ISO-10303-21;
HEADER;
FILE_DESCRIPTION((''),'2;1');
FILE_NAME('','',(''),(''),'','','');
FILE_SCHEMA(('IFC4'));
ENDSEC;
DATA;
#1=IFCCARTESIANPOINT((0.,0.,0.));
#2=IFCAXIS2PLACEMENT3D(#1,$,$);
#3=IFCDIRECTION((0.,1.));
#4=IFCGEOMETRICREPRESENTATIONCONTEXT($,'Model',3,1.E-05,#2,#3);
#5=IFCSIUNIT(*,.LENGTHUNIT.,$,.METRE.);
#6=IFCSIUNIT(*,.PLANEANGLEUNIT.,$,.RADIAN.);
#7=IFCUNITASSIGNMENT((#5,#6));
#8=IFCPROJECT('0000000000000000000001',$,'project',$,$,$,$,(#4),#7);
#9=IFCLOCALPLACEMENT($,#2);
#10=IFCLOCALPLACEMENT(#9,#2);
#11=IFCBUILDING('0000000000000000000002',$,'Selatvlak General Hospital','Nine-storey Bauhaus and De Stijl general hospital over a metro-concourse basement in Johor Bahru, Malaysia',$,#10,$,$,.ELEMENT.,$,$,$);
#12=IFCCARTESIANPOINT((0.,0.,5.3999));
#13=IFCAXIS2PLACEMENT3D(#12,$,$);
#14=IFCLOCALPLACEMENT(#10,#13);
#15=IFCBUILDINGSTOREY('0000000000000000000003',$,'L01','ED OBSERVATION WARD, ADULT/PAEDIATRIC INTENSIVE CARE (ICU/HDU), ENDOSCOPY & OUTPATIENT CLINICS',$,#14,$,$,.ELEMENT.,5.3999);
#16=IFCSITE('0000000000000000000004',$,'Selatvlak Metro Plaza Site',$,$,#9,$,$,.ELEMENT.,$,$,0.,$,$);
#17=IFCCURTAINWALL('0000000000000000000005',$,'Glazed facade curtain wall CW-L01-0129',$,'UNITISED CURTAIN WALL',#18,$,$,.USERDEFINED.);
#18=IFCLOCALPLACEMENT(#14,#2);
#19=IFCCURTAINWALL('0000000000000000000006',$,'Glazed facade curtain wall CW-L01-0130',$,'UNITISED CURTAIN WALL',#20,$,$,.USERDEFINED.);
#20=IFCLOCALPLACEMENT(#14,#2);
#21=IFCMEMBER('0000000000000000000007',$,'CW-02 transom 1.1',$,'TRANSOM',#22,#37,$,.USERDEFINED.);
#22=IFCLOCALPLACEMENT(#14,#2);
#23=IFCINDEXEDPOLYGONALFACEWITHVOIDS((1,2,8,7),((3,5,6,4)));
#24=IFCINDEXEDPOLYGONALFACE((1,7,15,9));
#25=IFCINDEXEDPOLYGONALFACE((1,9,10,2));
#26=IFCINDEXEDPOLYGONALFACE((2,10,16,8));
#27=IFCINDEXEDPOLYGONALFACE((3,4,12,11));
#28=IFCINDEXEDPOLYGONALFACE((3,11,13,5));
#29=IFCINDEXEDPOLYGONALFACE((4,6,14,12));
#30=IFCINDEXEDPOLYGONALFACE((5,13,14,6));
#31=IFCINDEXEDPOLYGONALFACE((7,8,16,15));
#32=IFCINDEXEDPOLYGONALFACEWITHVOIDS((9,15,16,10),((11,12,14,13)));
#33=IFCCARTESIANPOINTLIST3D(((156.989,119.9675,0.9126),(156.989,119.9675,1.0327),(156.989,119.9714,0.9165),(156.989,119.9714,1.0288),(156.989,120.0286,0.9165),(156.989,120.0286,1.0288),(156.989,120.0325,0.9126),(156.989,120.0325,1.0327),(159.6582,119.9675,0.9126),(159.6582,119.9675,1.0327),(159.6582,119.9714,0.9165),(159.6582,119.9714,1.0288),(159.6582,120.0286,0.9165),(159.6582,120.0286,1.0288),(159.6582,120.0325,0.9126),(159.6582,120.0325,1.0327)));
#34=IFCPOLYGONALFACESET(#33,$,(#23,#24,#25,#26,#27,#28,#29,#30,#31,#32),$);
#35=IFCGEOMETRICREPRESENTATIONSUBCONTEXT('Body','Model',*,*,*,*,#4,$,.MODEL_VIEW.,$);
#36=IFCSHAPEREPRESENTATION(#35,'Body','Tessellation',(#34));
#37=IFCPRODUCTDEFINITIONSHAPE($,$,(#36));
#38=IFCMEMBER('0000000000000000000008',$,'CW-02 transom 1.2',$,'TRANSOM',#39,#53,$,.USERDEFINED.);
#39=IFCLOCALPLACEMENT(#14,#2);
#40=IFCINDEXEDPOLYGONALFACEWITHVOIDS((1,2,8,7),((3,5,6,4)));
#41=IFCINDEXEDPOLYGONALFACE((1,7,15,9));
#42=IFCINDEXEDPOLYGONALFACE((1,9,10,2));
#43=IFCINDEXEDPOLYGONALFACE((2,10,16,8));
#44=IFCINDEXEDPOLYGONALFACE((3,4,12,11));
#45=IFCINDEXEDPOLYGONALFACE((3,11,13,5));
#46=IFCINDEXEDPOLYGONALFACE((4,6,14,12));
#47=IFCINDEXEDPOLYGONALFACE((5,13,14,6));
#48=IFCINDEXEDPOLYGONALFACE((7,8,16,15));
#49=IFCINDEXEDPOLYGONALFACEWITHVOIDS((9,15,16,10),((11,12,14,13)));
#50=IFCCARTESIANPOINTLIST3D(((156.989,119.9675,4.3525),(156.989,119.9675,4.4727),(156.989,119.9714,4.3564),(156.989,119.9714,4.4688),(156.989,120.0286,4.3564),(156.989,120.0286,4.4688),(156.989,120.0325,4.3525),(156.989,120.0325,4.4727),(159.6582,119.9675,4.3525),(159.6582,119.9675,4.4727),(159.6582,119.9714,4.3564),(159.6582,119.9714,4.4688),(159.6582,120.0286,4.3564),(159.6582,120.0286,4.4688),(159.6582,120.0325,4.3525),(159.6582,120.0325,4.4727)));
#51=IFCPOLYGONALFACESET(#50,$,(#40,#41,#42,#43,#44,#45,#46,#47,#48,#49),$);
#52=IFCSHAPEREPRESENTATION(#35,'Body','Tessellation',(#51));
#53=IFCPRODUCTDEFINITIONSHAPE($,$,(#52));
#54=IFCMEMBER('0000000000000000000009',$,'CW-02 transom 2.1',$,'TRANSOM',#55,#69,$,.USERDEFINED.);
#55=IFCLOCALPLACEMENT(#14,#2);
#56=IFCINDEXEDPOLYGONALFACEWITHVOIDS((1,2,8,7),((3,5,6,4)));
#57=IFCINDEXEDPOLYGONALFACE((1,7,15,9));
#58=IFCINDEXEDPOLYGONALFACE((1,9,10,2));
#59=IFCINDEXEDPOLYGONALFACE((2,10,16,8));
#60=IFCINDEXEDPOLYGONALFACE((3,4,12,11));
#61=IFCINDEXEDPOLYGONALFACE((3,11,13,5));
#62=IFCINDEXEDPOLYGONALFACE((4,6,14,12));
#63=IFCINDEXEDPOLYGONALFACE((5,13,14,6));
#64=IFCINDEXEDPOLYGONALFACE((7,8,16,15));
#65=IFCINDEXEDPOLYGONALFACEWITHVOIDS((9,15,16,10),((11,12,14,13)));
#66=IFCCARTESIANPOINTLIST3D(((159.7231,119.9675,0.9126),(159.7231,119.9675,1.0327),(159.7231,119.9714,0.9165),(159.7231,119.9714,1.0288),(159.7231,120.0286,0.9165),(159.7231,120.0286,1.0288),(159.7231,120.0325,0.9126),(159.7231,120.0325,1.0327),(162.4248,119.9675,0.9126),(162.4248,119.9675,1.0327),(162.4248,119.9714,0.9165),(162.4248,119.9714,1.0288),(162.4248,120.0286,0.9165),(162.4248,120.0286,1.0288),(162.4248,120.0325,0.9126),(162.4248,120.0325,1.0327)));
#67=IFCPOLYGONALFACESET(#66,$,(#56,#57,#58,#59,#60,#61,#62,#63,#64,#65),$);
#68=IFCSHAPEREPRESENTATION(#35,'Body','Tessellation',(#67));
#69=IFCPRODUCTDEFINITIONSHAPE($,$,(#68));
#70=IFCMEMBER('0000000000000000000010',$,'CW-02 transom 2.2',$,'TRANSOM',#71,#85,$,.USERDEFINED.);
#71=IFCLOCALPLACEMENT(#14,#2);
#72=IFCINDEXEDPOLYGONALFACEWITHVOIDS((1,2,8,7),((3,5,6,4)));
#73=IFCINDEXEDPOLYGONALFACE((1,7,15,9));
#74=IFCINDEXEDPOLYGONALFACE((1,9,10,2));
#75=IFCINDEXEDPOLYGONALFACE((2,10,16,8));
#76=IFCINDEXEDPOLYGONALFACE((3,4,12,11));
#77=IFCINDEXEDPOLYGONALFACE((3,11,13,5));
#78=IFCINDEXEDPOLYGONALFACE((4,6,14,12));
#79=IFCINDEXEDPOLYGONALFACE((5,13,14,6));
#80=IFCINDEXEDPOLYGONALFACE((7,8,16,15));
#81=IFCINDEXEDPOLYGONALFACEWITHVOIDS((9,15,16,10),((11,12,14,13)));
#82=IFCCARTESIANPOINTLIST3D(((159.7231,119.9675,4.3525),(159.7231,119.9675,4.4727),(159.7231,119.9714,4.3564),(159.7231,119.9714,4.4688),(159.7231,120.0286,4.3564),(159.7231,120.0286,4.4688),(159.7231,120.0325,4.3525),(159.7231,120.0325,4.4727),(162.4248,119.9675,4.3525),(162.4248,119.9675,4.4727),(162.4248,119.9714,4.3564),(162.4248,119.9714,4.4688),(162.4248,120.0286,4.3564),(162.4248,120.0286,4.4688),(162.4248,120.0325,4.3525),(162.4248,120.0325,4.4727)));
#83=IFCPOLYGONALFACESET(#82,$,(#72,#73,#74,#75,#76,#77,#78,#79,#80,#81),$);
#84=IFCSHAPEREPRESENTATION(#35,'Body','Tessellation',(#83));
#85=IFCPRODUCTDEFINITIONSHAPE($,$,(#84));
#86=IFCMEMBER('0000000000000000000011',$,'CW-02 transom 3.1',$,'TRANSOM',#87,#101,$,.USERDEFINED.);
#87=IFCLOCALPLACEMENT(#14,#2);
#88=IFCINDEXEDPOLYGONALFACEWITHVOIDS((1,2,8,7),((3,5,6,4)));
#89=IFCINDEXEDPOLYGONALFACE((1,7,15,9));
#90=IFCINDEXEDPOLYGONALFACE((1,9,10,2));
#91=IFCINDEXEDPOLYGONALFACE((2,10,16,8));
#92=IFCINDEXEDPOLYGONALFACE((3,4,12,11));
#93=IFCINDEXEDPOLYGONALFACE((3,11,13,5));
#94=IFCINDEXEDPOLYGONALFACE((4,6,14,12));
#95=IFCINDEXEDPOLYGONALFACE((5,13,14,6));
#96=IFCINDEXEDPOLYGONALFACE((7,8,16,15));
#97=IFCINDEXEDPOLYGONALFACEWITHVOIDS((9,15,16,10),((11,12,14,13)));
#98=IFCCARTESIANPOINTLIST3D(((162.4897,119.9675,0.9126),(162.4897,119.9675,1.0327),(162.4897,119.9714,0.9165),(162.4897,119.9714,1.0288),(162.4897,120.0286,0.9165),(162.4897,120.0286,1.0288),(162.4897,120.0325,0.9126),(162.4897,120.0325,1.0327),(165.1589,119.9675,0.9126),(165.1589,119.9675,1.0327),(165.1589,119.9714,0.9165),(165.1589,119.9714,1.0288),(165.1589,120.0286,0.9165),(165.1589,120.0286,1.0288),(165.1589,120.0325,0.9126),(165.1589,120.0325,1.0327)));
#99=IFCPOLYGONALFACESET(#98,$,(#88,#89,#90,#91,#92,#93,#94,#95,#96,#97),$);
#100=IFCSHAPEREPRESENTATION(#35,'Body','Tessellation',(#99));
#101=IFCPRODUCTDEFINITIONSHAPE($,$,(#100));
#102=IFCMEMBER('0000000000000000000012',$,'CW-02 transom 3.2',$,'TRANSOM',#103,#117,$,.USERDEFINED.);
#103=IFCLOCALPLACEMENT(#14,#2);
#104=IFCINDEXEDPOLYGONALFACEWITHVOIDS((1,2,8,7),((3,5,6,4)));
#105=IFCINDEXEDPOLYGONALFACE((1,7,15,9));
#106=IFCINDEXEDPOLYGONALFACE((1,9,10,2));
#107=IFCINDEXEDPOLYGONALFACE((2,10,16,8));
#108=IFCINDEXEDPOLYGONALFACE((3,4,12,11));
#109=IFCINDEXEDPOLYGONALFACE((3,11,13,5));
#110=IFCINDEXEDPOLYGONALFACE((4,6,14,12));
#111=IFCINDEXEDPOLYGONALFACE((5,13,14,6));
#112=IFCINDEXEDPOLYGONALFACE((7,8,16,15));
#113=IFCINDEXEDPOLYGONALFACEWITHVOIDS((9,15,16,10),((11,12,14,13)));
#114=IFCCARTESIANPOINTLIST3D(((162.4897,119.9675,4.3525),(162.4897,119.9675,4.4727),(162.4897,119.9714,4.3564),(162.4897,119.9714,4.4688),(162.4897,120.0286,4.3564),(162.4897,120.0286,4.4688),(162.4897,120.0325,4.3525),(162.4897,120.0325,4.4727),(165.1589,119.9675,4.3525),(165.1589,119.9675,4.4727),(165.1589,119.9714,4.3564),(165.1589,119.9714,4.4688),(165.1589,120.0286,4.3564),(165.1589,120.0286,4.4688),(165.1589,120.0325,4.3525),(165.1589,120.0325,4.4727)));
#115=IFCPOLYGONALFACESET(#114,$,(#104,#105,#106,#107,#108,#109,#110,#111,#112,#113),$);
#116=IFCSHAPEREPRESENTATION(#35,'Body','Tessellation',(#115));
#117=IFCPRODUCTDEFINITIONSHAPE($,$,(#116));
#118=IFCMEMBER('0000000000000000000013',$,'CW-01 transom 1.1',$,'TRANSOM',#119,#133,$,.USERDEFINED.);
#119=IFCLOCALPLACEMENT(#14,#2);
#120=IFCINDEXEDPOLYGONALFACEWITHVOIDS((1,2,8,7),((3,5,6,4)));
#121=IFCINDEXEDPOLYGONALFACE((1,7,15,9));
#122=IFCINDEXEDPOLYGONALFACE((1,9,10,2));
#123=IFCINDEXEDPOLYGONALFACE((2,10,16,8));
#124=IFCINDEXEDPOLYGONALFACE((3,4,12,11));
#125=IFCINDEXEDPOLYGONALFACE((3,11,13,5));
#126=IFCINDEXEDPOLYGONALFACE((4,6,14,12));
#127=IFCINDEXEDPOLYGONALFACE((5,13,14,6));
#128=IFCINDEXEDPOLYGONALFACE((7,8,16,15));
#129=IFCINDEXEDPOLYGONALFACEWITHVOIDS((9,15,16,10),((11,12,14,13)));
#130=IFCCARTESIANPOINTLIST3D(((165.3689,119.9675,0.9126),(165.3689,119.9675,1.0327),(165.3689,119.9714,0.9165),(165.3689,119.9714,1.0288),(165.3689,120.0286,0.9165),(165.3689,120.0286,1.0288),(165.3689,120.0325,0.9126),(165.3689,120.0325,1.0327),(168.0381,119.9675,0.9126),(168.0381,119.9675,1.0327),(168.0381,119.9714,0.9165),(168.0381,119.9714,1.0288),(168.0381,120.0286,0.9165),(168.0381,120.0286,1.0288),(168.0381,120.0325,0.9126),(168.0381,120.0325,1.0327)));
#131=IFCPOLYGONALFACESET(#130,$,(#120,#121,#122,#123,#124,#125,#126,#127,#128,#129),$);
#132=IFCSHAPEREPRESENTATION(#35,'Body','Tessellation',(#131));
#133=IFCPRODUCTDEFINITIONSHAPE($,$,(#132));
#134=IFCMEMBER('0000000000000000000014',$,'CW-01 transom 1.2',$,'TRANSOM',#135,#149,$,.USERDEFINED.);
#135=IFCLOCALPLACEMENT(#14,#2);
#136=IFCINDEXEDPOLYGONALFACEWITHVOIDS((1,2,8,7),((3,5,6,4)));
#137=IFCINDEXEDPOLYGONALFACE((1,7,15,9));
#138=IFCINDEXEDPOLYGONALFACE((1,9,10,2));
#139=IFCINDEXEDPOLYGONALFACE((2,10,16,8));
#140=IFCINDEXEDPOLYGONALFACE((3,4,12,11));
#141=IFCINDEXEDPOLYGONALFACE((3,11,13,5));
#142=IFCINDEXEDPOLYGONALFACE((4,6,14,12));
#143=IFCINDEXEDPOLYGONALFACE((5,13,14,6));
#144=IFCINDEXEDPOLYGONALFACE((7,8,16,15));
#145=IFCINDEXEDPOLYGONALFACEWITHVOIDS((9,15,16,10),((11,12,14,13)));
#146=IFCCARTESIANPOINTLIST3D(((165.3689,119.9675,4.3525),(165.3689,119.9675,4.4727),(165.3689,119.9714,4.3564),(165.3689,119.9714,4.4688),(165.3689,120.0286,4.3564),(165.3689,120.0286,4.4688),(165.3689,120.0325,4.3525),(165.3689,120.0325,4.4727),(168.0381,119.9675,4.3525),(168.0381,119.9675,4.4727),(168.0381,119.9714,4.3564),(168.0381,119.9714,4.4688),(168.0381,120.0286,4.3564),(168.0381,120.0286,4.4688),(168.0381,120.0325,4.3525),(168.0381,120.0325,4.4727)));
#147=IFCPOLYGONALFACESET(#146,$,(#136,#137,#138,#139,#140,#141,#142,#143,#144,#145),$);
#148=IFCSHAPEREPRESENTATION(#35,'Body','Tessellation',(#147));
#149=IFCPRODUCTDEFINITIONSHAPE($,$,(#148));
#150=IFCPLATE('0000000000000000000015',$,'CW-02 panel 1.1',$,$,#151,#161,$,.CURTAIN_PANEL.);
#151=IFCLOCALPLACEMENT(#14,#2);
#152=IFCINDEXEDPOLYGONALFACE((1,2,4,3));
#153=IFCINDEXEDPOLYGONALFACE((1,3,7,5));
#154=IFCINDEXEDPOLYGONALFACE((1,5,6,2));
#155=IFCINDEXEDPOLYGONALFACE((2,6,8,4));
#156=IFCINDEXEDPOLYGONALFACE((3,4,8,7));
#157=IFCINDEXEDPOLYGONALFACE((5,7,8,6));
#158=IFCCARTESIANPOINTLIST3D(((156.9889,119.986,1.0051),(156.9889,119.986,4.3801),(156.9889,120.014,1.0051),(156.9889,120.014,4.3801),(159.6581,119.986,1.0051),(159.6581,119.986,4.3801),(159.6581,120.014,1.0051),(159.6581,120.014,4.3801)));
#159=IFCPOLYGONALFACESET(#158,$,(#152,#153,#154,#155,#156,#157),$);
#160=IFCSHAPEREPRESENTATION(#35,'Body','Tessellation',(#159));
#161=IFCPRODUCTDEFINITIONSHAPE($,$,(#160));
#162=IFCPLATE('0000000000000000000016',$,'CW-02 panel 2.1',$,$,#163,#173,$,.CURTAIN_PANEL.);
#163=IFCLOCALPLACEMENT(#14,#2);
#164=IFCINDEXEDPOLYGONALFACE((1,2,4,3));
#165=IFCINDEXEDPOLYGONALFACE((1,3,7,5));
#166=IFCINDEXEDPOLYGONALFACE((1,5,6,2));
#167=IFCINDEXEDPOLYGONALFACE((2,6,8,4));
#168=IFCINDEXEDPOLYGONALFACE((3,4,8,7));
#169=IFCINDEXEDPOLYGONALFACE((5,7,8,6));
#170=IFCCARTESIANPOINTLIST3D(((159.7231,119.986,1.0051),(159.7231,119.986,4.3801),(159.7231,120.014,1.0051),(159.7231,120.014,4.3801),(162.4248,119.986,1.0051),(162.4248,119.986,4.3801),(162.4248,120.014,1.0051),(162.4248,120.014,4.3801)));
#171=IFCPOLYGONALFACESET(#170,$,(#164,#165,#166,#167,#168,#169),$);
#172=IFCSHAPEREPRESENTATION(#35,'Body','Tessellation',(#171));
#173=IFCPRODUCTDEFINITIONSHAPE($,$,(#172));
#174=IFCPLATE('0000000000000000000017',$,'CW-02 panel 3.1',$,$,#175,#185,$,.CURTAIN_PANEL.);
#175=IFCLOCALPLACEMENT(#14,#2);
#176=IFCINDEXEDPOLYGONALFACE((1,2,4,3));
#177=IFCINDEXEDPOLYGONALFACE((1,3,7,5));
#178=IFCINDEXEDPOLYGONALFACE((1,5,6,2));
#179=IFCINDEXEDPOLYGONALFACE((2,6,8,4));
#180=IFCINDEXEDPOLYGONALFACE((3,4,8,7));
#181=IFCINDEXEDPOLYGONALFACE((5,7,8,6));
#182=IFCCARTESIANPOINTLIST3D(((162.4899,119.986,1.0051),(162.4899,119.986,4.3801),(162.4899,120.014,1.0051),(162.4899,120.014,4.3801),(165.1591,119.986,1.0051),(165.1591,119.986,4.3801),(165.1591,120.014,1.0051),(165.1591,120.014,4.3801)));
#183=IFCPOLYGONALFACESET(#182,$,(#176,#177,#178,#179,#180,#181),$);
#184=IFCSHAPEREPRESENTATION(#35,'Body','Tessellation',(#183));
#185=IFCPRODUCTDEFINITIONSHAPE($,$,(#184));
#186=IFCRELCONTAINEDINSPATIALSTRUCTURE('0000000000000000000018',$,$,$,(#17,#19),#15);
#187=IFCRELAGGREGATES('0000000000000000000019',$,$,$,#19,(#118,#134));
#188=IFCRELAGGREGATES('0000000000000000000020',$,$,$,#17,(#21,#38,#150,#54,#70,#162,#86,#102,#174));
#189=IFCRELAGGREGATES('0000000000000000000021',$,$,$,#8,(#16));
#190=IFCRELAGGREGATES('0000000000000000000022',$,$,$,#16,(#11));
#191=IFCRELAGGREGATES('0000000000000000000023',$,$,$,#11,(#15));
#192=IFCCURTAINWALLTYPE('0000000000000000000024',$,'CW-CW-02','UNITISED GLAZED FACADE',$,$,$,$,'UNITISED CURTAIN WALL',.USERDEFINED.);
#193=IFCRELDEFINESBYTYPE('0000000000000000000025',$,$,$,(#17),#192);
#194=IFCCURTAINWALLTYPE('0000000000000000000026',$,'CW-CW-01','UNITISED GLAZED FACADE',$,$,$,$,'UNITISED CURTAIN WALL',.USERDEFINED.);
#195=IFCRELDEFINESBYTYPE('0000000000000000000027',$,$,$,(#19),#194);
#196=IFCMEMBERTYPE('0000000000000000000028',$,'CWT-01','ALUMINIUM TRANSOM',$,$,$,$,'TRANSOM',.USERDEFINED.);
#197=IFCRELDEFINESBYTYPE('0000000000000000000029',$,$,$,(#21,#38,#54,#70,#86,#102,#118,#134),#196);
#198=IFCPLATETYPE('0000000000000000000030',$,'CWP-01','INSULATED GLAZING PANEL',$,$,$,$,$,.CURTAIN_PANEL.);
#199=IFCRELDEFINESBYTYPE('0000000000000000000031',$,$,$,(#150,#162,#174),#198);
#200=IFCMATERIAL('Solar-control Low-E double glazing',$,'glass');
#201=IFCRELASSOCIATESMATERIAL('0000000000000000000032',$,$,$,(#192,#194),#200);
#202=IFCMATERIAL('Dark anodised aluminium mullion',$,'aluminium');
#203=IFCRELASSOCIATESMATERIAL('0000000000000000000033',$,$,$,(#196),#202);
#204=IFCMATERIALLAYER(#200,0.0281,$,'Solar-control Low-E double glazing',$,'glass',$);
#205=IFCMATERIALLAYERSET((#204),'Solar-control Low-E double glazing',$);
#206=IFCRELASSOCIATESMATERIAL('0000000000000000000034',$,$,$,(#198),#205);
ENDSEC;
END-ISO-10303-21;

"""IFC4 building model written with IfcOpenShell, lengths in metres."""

from ifc_helpers import new_model, si_unit, direction, frame, origin, origin_2d, place, context, subcontext, project, spatial, rectangle, hollow_rectangle, extrude, material, layer, layer_set, material_profile, profile_set, type_object, element, aggregate, save


model = new_model("IFC4")

# Units and contexts
model_context = context("Model", 3, precision=1e-05, world=origin(), true_north=direction((0.0, 1.0)))
body_context = subcontext(model_context, "Body", "Model", "MODEL_VIEW")
ifc_project = project(units=[si_unit("LENGTHUNIT", "METRE"), si_unit("PLANEANGLEUNIT", "RADIAN")], contexts=[model_context])

# Site, building, storey
site_placement = place(None, origin())
site = spatial("IfcSite", under=ifc_project, at=site_placement, Name="Selatvlak Metro Plaza Site", CompositionType="ELEMENT", RefElevation=0.0)
building_placement = place(site_placement, origin())
building = spatial("IfcBuilding", under=site, at=building_placement, Name="Selatvlak General Hospital", Description="Nine-storey Bauhaus and De Stijl general hospital over a metro-concourse basement in Johor Bahru, Malaysia", CompositionType="ELEMENT")
storey_placement = place(building_placement, frame((0.0, 0.0, 5.3999)))
storey = spatial("IfcBuildingStorey", under=building, at=storey_placement, Name="L01", Description="ED OBSERVATION WARD, ADULT/PAEDIATRIC INTENSIVE CARE (ICU/HDU), ENDOSCOPY & OUTPATIENT CLINICS", CompositionType="ELEMENT", Elevation=5.3999)

# Curtain wall
ifc_material_1 = material(Name="Solar-control Low-E double glazing", Category="glass")
curtain_wall_type_1 = type_object("IfcCurtainWallType", Name="CW-CW-02", Description="UNITISED GLAZED FACADE", ElementType="UNITISED CURTAIN WALL", PredefinedType="USERDEFINED", material=ifc_material_1)
curtain_wall_1_placement = place(storey_placement, origin())
curtain_wall_1 = element("IfcCurtainWall", 1, at=curtain_wall_1_placement, inside=storey, type_object=curtain_wall_type_1, Name="Glazed facade curtain wall CW-L01-0129", ObjectType="UNITISED CURTAIN WALL", PredefinedType="USERDEFINED")
ifc_material_2 = material(Name="Dark anodised aluminium mullion", Category="aluminium")

# Curtain wall
curtain_wall_type_2 = type_object("IfcCurtainWallType", Name="CW-CW-01", Description="UNITISED GLAZED FACADE", ElementType="UNITISED CURTAIN WALL", PredefinedType="USERDEFINED", material=ifc_material_1)
curtain_wall_2_placement = place(storey_placement, origin())
curtain_wall_2 = element("IfcCurtainWall", 2, at=curtain_wall_2_placement, inside=storey, type_object=curtain_wall_type_2, Name="Glazed facade curtain wall CW-L01-0130", ObjectType="UNITISED CURTAIN WALL", PredefinedType="USERDEFINED")

# Members
ifc_material_profile_1 = material_profile(ifc_material_2, hollow_rectangle(XDim=0.0649, YDim=0.1201, WallThickness=0.0039, at=origin_2d()), Name="AL-TRN 65x120x4")
ifc_profile_set_1 = profile_set([ifc_material_profile_1], Name="Dark anodised aluminium mullion")
member_type_1 = type_object("IfcMemberType", Name="CWT-01", Description="ALUMINIUM TRANSOM", ElementType="TRANSOM", PredefinedType="USERDEFINED", material=ifc_profile_set_1)
member_1_placement = place(storey_placement, frame((156.989, 120.0, 0.9727), z_axis=(1.0, 0.0, 0.0), x_axis=(0.0, 1.0, 0.0)))
member_1 = element("IfcMember", 3, at=member_1_placement, type_object=member_type_1, Name="CW-02 transom 1.1", ObjectType="TRANSOM", PredefinedType="USERDEFINED", context=body_context, shape_type="SweptSolid", body=[
    extrude(hollow_rectangle(XDim=0.0649, YDim=0.1201, WallThickness=0.0039, at=origin_2d()), origin(), (0.0, 0.0, 1.0), 2.6692),
])
member_2_placement = place(storey_placement, frame((156.989, 120.0, 4.4126), z_axis=(1.0, 0.0, 0.0), x_axis=(0.0, 1.0, 0.0)))
member_2 = element("IfcMember", 4, at=member_2_placement, type_object=member_type_1, Name="CW-02 transom 1.2", ObjectType="TRANSOM", PredefinedType="USERDEFINED", context=body_context, shape_type="SweptSolid", body=[
    extrude(hollow_rectangle(XDim=0.0649, YDim=0.1201, WallThickness=0.0039, at=origin_2d()), origin(), (0.0, 0.0, 1.0), 2.6692),
])
member_3_placement = place(storey_placement, frame((159.7231, 120.0, 0.9727), z_axis=(1.0, 0.0, 0.0), x_axis=(0.0, 1.0, 0.0)))
member_3 = element("IfcMember", 5, at=member_3_placement, type_object=member_type_1, Name="CW-02 transom 2.1", ObjectType="TRANSOM", PredefinedType="USERDEFINED", context=body_context, shape_type="SweptSolid", body=[
    extrude(hollow_rectangle(XDim=0.0649, YDim=0.1201, WallThickness=0.0039, at=origin_2d()), origin(), (0.0, 0.0, 1.0), 2.7017),
])
member_4_placement = place(storey_placement, frame((159.7231, 120.0, 4.4126), z_axis=(1.0, 0.0, 0.0), x_axis=(0.0, 1.0, 0.0)))
member_4 = element("IfcMember", 6, at=member_4_placement, type_object=member_type_1, Name="CW-02 transom 2.2", ObjectType="TRANSOM", PredefinedType="USERDEFINED", context=body_context, shape_type="SweptSolid", body=[
    extrude(hollow_rectangle(XDim=0.0649, YDim=0.1201, WallThickness=0.0039, at=origin_2d()), origin(), (0.0, 0.0, 1.0), 2.7017),
])
member_5_placement = place(storey_placement, frame((162.4897, 120.0, 0.9727), z_axis=(1.0, 0.0, 0.0), x_axis=(0.0, 1.0, 0.0)))
member_5 = element("IfcMember", 7, at=member_5_placement, type_object=member_type_1, Name="CW-02 transom 3.1", ObjectType="TRANSOM", PredefinedType="USERDEFINED", context=body_context, shape_type="SweptSolid", body=[
    extrude(hollow_rectangle(XDim=0.0649, YDim=0.1201, WallThickness=0.0039, at=origin_2d()), origin(), (0.0, 0.0, 1.0), 2.6692),
])
member_6_placement = place(storey_placement, frame((162.4897, 120.0, 4.4126), z_axis=(1.0, 0.0, 0.0), x_axis=(0.0, 1.0, 0.0)))
member_6 = element("IfcMember", 8, at=member_6_placement, type_object=member_type_1, Name="CW-02 transom 3.2", ObjectType="TRANSOM", PredefinedType="USERDEFINED", context=body_context, shape_type="SweptSolid", body=[
    extrude(hollow_rectangle(XDim=0.0649, YDim=0.1201, WallThickness=0.0039, at=origin_2d()), origin(), (0.0, 0.0, 1.0), 2.6692),
])
member_7_placement = place(storey_placement, frame((165.3689, 120.0, 0.9727), z_axis=(1.0, 0.0, 0.0), x_axis=(0.0, 1.0, 0.0)))
member_7 = element("IfcMember", 9, at=member_7_placement, type_object=member_type_1, Name="CW-01 transom 1.1", ObjectType="TRANSOM", PredefinedType="USERDEFINED", context=body_context, shape_type="SweptSolid", body=[
    extrude(hollow_rectangle(XDim=0.0649, YDim=0.1201, WallThickness=0.0039, at=origin_2d()), origin(), (0.0, 0.0, 1.0), 2.6692),
])
member_8_placement = place(storey_placement, frame((165.3689, 120.0, 4.4126), z_axis=(1.0, 0.0, 0.0), x_axis=(0.0, 1.0, 0.0)))
member_8 = element("IfcMember", 10, at=member_8_placement, type_object=member_type_1, Name="CW-01 transom 1.2", ObjectType="TRANSOM", PredefinedType="USERDEFINED", context=body_context, shape_type="SweptSolid", body=[
    extrude(hollow_rectangle(XDim=0.0649, YDim=0.1201, WallThickness=0.0039, at=origin_2d()), origin(), (0.0, 0.0, 1.0), 2.6692),
])
aggregate(curtain_wall_2, [member_7, member_8])

# Plates
ifc_layer_1 = layer(ifc_material_1, 0.0281, Name="Solar-control Low-E double glazing", Category="glass")
ifc_layer_set_1 = layer_set([ifc_layer_1], Name="Solar-control Low-E double glazing")
plate_type = type_object("IfcPlateType", Name="CWP-01", Description="INSULATED GLAZING PANEL", PredefinedType="CURTAIN_PANEL", material=ifc_layer_set_1)
plate_1_placement = place(storey_placement, frame((158.3235, 120.0, 1.0051), z_axis=(0.0, 0.0, 1.0), x_axis=(1.0, 0.0, 0.0)))
plate_1 = element("IfcPlate", 11, at=plate_1_placement, type_object=plate_type, Name="CW-02 panel 1.1", PredefinedType="CURTAIN_PANEL", context=body_context, shape_type="SweptSolid", body=[
    extrude(rectangle(XDim=2.6692, YDim=0.0281, at=origin_2d()), origin(), (0.0, 0.0, 1.0), 3.375),
])
plate_2_placement = place(storey_placement, frame((161.074, 120.0, 1.0051), z_axis=(0.0, 0.0, 1.0), x_axis=(1.0, 0.0, 0.0)))
plate_2 = element("IfcPlate", 12, at=plate_2_placement, type_object=plate_type, Name="CW-02 panel 2.1", PredefinedType="CURTAIN_PANEL", context=body_context, shape_type="SweptSolid", body=[
    extrude(rectangle(XDim=2.7017, YDim=0.0281, at=origin_2d()), origin(), (0.0, 0.0, 1.0), 3.375),
])
plate_3_placement = place(storey_placement, frame((163.8245, 120.0, 1.0051), z_axis=(0.0, 0.0, 1.0), x_axis=(1.0, 0.0, 0.0)))
plate_3 = element("IfcPlate", 13, at=plate_3_placement, type_object=plate_type, Name="CW-02 panel 3.1", PredefinedType="CURTAIN_PANEL", context=body_context, shape_type="SweptSolid", body=[
    extrude(rectangle(XDim=2.6692, YDim=0.0281, at=origin_2d()), origin(), (0.0, 0.0, 1.0), 3.375),
])
aggregate(curtain_wall_1, [member_1, member_2, plate_1, member_3, member_4, plate_2, member_5, member_6, plate_3])

save(model, "model.ifc")
